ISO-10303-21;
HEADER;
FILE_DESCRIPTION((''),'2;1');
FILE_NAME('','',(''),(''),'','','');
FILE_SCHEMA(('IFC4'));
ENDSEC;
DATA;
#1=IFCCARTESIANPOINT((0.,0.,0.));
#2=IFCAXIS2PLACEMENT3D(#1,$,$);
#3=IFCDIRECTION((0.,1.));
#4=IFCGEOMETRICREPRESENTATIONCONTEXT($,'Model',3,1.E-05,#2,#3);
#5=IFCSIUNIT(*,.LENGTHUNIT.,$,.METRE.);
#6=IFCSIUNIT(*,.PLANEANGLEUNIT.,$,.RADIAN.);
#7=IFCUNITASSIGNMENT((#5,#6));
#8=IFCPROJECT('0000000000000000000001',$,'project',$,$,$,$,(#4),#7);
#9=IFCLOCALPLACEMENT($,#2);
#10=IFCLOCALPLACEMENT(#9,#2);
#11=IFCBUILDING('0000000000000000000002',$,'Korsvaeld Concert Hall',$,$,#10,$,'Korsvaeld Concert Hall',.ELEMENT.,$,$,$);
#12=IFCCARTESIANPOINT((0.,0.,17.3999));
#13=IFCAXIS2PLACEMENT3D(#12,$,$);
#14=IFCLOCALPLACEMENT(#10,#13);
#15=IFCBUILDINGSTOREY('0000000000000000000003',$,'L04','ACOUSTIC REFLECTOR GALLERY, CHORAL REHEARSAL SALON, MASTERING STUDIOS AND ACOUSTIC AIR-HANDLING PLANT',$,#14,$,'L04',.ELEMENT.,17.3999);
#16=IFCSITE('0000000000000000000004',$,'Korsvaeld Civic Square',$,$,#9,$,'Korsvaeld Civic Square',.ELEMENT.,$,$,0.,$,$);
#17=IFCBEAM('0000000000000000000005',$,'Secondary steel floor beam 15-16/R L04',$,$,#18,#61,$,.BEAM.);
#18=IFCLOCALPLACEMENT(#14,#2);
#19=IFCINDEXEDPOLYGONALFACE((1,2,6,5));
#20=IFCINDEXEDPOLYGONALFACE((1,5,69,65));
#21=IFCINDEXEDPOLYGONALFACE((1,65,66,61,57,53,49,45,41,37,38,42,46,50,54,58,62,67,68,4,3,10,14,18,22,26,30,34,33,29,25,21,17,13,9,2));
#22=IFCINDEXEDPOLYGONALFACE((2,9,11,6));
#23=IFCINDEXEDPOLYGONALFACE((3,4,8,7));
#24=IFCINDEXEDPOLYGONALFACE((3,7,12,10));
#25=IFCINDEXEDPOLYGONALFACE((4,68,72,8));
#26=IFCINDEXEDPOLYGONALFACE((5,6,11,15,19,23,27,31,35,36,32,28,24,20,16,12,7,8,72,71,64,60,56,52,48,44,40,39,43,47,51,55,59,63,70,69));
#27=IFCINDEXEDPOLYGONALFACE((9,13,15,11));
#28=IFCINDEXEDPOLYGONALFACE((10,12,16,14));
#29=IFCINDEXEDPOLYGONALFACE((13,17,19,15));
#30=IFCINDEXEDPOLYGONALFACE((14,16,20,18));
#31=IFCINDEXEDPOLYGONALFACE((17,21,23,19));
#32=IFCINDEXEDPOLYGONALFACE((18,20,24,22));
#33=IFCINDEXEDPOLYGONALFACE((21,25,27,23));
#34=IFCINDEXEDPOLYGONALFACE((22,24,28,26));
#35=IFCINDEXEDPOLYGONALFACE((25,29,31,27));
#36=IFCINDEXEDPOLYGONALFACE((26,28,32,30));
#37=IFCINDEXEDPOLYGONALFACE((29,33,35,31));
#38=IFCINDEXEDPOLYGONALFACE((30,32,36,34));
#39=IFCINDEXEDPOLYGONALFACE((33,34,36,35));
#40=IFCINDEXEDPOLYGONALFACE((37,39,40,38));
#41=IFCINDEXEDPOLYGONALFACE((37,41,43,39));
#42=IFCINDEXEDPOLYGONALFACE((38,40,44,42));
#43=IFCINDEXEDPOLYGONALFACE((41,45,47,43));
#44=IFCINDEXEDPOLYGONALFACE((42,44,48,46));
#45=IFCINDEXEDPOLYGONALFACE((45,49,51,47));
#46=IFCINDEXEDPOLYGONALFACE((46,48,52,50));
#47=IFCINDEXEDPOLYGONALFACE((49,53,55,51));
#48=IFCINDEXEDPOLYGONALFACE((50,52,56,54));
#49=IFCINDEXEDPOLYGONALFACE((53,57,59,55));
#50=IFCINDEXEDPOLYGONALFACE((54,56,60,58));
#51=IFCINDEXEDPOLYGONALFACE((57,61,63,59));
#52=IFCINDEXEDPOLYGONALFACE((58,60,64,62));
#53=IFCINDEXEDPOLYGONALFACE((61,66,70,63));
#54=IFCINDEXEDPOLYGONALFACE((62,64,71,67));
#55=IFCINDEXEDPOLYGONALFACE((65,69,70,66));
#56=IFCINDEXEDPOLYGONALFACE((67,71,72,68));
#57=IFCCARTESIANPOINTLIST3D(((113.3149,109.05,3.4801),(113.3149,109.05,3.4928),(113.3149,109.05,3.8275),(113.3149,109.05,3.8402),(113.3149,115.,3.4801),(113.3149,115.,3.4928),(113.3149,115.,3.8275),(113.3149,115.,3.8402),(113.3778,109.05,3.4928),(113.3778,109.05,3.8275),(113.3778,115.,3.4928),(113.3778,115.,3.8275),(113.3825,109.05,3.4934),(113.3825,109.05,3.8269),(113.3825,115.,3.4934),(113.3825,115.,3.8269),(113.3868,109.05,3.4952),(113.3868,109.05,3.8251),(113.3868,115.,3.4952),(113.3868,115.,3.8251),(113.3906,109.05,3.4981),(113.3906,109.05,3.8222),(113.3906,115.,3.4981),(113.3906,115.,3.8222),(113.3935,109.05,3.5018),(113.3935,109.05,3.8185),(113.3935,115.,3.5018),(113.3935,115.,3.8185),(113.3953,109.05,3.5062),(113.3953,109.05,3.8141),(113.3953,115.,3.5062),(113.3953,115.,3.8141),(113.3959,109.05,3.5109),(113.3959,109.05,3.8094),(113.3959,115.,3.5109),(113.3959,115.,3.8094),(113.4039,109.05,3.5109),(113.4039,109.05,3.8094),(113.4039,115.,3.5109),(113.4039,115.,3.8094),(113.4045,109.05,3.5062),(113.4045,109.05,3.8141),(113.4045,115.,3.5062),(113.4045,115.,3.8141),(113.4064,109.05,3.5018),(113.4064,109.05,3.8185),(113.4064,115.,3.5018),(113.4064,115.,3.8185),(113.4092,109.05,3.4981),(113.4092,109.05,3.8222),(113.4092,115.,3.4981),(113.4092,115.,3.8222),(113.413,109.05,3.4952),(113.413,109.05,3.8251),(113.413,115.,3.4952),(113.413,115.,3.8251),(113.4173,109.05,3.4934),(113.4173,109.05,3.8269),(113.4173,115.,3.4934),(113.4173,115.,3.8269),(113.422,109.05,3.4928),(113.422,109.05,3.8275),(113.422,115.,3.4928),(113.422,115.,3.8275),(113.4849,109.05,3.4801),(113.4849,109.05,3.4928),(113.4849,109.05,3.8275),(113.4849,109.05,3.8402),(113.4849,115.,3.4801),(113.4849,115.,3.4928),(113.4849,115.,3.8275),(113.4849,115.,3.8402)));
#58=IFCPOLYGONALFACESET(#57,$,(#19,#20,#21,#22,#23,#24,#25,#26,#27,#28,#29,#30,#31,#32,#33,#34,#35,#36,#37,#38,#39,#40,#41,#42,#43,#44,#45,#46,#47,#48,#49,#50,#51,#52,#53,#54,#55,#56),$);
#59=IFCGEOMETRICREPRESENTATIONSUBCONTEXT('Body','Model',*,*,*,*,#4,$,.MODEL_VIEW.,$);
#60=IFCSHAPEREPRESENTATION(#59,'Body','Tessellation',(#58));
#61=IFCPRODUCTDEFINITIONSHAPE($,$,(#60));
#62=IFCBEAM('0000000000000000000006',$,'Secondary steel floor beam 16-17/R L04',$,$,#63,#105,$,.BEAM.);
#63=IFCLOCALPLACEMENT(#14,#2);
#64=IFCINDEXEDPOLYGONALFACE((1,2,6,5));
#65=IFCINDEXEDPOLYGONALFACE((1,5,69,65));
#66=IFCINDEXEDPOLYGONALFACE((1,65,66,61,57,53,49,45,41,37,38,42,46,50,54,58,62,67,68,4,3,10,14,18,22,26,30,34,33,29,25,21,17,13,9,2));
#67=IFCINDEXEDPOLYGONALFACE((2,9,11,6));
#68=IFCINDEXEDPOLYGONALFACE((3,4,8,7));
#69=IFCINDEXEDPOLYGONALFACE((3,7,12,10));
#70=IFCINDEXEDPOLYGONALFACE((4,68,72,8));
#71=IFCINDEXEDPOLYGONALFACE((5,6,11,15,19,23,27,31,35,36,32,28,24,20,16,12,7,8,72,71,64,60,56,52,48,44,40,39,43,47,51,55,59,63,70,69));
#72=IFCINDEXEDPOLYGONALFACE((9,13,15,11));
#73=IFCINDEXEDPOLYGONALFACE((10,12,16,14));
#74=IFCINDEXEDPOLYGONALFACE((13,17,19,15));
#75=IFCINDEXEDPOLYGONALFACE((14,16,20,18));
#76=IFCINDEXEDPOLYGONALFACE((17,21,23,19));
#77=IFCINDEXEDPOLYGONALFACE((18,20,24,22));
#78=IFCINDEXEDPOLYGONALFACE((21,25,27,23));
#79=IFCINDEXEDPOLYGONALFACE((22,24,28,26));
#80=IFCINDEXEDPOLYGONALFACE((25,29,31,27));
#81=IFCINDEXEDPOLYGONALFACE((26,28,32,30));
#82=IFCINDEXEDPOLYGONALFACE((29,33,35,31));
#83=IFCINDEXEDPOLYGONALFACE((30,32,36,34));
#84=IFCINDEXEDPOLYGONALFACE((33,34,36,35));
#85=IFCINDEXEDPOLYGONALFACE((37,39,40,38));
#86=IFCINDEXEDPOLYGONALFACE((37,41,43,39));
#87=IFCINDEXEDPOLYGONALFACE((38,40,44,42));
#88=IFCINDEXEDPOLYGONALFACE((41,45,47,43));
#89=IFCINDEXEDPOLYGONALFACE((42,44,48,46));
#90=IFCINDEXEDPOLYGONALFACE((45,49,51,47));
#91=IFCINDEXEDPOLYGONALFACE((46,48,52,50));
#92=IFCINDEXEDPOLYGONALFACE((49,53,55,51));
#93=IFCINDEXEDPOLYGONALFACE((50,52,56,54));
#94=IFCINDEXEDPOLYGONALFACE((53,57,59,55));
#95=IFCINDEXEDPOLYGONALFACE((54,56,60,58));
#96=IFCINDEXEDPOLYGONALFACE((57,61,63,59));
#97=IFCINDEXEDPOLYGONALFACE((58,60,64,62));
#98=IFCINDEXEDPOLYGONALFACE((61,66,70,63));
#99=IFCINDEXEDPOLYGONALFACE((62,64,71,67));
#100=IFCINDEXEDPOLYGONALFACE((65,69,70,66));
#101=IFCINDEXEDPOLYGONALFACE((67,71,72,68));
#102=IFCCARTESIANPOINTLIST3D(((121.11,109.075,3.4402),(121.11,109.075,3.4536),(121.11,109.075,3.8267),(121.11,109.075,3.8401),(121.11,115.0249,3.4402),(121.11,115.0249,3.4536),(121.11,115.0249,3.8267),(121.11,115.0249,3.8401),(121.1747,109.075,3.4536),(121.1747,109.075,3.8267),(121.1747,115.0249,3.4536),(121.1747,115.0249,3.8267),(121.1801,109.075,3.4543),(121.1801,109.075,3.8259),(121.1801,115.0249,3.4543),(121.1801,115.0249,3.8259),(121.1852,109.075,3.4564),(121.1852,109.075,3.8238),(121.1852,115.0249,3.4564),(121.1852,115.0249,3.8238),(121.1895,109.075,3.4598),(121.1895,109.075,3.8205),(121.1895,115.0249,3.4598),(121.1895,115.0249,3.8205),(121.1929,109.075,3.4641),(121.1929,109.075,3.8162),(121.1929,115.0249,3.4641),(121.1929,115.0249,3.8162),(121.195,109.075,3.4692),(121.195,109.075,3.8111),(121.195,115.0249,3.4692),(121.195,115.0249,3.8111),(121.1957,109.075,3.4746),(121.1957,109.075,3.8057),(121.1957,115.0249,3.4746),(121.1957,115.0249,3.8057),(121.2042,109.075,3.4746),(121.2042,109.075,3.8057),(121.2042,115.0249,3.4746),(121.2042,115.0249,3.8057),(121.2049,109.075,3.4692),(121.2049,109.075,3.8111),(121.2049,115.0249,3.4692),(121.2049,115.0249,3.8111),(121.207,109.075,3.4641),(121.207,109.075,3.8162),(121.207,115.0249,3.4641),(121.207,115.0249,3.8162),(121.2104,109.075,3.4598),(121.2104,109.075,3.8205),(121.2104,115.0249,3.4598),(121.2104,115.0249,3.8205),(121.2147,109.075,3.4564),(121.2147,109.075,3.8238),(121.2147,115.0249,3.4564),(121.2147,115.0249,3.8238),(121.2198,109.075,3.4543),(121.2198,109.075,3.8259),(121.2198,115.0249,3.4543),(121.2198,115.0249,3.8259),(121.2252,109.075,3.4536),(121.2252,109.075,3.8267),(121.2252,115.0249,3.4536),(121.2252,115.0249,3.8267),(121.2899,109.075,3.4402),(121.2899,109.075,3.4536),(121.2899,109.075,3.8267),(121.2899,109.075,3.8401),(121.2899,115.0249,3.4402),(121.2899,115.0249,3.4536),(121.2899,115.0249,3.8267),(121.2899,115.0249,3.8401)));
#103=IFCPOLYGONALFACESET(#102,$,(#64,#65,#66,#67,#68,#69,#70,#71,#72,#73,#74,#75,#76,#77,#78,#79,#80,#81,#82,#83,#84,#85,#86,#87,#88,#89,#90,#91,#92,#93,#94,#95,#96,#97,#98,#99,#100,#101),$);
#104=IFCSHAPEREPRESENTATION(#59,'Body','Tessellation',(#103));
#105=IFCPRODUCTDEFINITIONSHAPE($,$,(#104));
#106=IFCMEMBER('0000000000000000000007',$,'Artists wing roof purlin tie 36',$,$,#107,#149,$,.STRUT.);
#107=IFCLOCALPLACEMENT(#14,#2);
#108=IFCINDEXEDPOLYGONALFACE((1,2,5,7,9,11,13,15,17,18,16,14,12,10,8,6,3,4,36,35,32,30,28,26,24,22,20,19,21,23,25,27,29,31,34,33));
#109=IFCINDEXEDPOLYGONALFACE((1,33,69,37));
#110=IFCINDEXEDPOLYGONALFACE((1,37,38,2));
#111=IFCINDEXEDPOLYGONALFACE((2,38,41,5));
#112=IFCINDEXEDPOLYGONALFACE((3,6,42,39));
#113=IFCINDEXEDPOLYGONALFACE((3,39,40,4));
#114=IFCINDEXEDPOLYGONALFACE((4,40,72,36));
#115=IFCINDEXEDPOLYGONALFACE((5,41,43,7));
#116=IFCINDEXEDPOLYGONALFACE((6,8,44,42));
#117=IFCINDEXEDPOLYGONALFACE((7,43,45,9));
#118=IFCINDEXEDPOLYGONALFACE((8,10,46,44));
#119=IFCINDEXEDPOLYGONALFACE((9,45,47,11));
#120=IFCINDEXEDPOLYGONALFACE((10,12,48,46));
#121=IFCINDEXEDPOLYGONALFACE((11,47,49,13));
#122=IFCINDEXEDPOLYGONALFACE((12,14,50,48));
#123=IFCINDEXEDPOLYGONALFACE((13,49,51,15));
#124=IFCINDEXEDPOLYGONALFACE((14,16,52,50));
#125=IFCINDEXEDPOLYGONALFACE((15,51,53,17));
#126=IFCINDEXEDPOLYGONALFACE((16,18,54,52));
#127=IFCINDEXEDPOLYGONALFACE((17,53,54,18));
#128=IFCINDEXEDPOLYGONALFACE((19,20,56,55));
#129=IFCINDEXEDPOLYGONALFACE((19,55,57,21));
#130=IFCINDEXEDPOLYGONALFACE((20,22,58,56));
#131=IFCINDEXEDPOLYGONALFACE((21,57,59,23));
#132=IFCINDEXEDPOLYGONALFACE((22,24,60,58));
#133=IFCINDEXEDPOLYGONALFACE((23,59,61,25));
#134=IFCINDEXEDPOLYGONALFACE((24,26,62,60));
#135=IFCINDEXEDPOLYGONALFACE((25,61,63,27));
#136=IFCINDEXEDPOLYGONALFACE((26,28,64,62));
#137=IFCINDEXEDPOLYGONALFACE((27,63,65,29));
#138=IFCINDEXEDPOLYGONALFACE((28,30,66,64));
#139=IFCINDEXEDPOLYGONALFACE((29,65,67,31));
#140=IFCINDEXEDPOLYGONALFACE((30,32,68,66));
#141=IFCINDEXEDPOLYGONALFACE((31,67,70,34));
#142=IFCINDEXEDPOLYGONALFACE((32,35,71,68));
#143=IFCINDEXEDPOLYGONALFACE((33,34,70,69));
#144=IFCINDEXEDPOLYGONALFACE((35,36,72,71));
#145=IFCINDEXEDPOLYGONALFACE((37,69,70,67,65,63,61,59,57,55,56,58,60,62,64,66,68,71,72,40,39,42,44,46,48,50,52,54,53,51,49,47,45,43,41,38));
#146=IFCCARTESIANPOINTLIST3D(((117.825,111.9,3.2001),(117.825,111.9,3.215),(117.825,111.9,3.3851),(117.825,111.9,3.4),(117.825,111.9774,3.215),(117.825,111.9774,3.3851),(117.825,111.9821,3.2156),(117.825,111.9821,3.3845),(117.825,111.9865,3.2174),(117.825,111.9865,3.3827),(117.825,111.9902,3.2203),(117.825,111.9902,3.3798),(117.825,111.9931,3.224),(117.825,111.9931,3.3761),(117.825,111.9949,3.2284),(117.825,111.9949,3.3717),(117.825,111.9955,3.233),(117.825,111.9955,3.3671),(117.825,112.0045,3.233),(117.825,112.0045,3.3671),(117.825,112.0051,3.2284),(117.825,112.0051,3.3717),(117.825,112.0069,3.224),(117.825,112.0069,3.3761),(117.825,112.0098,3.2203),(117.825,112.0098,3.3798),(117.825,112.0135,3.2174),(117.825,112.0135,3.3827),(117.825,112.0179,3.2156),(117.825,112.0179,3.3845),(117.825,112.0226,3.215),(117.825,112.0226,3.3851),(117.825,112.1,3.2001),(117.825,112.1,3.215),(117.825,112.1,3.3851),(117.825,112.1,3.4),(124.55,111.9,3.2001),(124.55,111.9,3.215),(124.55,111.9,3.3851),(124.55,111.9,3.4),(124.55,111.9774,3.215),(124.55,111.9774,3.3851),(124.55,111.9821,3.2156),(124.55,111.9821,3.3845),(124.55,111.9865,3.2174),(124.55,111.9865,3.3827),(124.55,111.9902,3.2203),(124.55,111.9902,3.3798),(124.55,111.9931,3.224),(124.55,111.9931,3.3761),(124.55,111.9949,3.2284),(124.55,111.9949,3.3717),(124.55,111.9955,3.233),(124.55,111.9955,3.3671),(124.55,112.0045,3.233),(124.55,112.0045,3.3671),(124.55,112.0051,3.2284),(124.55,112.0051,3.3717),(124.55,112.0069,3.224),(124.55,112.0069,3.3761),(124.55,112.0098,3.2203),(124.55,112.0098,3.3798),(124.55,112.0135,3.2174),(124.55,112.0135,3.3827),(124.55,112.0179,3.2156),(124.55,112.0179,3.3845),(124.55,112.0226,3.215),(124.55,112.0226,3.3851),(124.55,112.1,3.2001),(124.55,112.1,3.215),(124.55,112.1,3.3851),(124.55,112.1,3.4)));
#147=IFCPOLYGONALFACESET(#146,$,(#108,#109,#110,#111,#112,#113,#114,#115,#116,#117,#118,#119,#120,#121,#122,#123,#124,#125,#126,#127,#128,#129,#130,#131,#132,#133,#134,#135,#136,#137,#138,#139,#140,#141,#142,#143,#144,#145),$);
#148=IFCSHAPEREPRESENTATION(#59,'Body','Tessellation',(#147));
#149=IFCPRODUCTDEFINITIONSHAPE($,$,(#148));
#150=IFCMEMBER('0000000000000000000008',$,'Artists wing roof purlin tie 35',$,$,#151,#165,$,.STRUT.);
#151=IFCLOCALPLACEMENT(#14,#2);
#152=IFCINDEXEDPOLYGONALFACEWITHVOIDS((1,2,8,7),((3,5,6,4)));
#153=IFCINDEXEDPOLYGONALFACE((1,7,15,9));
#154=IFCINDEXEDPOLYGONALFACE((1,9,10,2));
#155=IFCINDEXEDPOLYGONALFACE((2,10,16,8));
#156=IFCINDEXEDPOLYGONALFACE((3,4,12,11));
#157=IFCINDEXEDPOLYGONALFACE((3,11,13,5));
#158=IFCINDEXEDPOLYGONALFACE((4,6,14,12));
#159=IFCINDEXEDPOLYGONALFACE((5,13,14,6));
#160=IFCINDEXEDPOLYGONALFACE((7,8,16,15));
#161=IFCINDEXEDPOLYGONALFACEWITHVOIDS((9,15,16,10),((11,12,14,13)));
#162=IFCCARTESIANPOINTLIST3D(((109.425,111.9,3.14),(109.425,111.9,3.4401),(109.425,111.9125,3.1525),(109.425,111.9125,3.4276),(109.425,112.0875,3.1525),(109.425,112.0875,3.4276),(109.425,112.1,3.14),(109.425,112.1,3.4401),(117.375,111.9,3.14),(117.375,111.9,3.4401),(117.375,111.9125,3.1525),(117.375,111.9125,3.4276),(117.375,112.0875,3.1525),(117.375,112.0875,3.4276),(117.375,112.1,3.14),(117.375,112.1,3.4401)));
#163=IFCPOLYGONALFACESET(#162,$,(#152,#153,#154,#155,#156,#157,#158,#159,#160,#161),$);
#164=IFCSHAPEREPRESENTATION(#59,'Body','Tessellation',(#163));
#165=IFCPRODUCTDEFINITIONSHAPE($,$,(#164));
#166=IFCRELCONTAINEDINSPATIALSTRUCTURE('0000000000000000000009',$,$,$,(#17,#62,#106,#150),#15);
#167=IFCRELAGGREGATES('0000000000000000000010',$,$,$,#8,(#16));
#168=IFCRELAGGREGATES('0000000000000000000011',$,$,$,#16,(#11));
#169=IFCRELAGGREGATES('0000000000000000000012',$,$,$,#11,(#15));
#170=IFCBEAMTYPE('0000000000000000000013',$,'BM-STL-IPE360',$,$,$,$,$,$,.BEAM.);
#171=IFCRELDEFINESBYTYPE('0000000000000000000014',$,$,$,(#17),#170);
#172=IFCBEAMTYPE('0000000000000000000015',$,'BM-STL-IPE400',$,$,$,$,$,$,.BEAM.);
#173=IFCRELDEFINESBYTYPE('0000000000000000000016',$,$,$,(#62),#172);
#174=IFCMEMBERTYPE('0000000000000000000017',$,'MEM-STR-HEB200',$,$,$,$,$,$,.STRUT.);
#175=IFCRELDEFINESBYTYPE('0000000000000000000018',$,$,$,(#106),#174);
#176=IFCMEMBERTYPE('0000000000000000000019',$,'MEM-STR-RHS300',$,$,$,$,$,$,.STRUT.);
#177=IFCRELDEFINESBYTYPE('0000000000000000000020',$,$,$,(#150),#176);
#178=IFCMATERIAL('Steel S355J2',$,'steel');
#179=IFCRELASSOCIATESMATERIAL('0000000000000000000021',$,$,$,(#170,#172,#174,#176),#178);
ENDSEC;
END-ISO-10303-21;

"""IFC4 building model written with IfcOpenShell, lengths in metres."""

from ifc_helpers import new_model, si_unit, direction, frame, origin, origin_2d, place, context, subcontext, project, spatial, hollow_rectangle, i_section, extrude, material, material_profile, profile_set, type_object, element, save


model = new_model("IFC4")

# Units and contexts
model_context = context("Model", 3, precision=1e-05, world=origin(), true_north=direction((0.0, 1.0)))
body_context = subcontext(model_context, "Body", "Model", "MODEL_VIEW")
ifc_project = project(units=[si_unit("LENGTHUNIT", "METRE"), si_unit("PLANEANGLEUNIT", "RADIAN")], contexts=[model_context])

# Site, building, storey
site_placement = place(None, origin())
site = spatial("IfcSite", under=ifc_project, at=site_placement, Name="Korsvaeld Civic Square", LongName="Korsvaeld Civic Square", CompositionType="ELEMENT", RefElevation=0.0)
building_placement = place(site_placement, origin())
building = spatial("IfcBuilding", under=site, at=building_placement, Name="Korsvaeld Concert Hall", LongName="Korsvaeld Concert Hall", CompositionType="ELEMENT")
storey_placement = place(building_placement, frame((0.0, 0.0, 17.3999)))
storey = spatial("IfcBuildingStorey", under=building, at=storey_placement, Name="L04", Description="ACOUSTIC REFLECTOR GALLERY, CHORAL REHEARSAL SALON, MASTERING STUDIOS AND ACOUSTIC AIR-HANDLING PLANT", LongName="L04", CompositionType="ELEMENT", Elevation=17.3999)

# Beams
ifc_material_1 = material(Name="Steel S355J2", Category="steel")
ifc_material_profile_1 = material_profile(ifc_material_1, i_section(OverallWidth=0.1699, OverallDepth=0.3601, WebThickness=0.0081, FlangeThickness=0.0127, FilletRadius=0.0181, at=origin_2d()), Name="IPE 360")
ifc_profile_set_1 = profile_set([ifc_material_profile_1], Name="Steel S355J2")
beam_type_1 = type_object("IfcBeamType", Name="BM-STL-IPE360", PredefinedType="BEAM", material=ifc_profile_set_1)
beam_1_placement = place(storey_placement, frame((113.3999, 109.05, 3.6602), z_axis=(0.0, 1.0, 0.0), x_axis=(-1.0, 0.0, 0.0)))
element("IfcBeam", 1, at=beam_1_placement, inside=storey, type_object=beam_type_1, Name="Secondary steel floor beam 15-16/R L04", PredefinedType="BEAM", context=body_context, shape_type="SweptSolid", body=[
    extrude(i_section(OverallWidth=0.1699, OverallDepth=0.3601, WebThickness=0.0081, FlangeThickness=0.0127, FilletRadius=0.0181, at=origin_2d()), origin(), (0.0, 0.0, 1.0), 5.95),
])
ifc_material_profile_2 = material_profile(ifc_material_1, i_section(OverallWidth=0.1799, OverallDepth=0.3999, WebThickness=0.0085, FlangeThickness=0.0134, FilletRadius=0.021, at=origin_2d()), Name="IPE 400")
ifc_profile_set_2 = profile_set([ifc_material_profile_2], Name="Steel S355J2")
beam_type_2 = type_object("IfcBeamType", Name="BM-STL-IPE400", PredefinedType="BEAM", material=ifc_profile_set_2)
beam_2_placement = place(storey_placement, frame((121.2, 109.075, 3.6401), z_axis=(0.0, 1.0, 0.0), x_axis=(-1.0, 0.0, 0.0)))
element("IfcBeam", 2, at=beam_2_placement, inside=storey, type_object=beam_type_2, Name="Secondary steel floor beam 16-17/R L04", PredefinedType="BEAM", context=body_context, shape_type="SweptSolid", body=[
    extrude(i_section(OverallWidth=0.1799, OverallDepth=0.3999, WebThickness=0.0085, FlangeThickness=0.0134, FilletRadius=0.021, at=origin_2d()), origin(), (0.0, 0.0, 1.0), 5.95),
])

# Members
ifc_material_profile_3 = material_profile(ifc_material_1, i_section(OverallWidth=0.2, OverallDepth=0.2, WebThickness=0.009, FlangeThickness=0.0149, FilletRadius=0.0181, at=origin_2d()), Name="HEB 200")
ifc_profile_set_3 = profile_set([ifc_material_profile_3], Name="Steel S355J2")
member_type_1 = type_object("IfcMemberType", Name="MEM-STR-HEB200", PredefinedType="STRUT", material=ifc_profile_set_3)
member_1_placement = place(storey_placement, frame((117.825, 112.0, 3.3), z_axis=(1.0, 0.0, 0.0), x_axis=(0.0, 1.0, 0.0)))
element("IfcMember", 3, at=member_1_placement, inside=storey, type_object=member_type_1, Name="Artists wing roof purlin tie 36", PredefinedType="STRUT", context=body_context, shape_type="SweptSolid", body=[
    extrude(i_section(OverallWidth=0.2, OverallDepth=0.2, WebThickness=0.009, FlangeThickness=0.0149, FilletRadius=0.0181, at=origin_2d()), origin(), (0.0, 0.0, 1.0), 6.7251),
])
ifc_material_profile_4 = material_profile(ifc_material_1, hollow_rectangle(XDim=0.2, YDim=0.3, WallThickness=0.0125, at=origin_2d()), Name="RHS 300x200x12.5")
ifc_profile_set_4 = profile_set([ifc_material_profile_4], Name="Steel S355J2")
member_type_2 = type_object("IfcMemberType", Name="MEM-STR-RHS300", PredefinedType="STRUT", material=ifc_profile_set_4)
member_2_placement = place(storey_placement, frame((109.425, 112.0, 3.29), z_axis=(1.0, 0.0, 0.0), x_axis=(0.0, 1.0, 0.0)))
element("IfcMember", 4, at=member_2_placement, inside=storey, type_object=member_type_2, Name="Artists wing roof purlin tie 35", PredefinedType="STRUT", context=body_context, shape_type="SweptSolid", body=[
    extrude(hollow_rectangle(XDim=0.2, YDim=0.3, WallThickness=0.0125, at=origin_2d()), origin(), (0.0, 0.0, 1.0), 7.95),
])

save(model, "model.ifc")
